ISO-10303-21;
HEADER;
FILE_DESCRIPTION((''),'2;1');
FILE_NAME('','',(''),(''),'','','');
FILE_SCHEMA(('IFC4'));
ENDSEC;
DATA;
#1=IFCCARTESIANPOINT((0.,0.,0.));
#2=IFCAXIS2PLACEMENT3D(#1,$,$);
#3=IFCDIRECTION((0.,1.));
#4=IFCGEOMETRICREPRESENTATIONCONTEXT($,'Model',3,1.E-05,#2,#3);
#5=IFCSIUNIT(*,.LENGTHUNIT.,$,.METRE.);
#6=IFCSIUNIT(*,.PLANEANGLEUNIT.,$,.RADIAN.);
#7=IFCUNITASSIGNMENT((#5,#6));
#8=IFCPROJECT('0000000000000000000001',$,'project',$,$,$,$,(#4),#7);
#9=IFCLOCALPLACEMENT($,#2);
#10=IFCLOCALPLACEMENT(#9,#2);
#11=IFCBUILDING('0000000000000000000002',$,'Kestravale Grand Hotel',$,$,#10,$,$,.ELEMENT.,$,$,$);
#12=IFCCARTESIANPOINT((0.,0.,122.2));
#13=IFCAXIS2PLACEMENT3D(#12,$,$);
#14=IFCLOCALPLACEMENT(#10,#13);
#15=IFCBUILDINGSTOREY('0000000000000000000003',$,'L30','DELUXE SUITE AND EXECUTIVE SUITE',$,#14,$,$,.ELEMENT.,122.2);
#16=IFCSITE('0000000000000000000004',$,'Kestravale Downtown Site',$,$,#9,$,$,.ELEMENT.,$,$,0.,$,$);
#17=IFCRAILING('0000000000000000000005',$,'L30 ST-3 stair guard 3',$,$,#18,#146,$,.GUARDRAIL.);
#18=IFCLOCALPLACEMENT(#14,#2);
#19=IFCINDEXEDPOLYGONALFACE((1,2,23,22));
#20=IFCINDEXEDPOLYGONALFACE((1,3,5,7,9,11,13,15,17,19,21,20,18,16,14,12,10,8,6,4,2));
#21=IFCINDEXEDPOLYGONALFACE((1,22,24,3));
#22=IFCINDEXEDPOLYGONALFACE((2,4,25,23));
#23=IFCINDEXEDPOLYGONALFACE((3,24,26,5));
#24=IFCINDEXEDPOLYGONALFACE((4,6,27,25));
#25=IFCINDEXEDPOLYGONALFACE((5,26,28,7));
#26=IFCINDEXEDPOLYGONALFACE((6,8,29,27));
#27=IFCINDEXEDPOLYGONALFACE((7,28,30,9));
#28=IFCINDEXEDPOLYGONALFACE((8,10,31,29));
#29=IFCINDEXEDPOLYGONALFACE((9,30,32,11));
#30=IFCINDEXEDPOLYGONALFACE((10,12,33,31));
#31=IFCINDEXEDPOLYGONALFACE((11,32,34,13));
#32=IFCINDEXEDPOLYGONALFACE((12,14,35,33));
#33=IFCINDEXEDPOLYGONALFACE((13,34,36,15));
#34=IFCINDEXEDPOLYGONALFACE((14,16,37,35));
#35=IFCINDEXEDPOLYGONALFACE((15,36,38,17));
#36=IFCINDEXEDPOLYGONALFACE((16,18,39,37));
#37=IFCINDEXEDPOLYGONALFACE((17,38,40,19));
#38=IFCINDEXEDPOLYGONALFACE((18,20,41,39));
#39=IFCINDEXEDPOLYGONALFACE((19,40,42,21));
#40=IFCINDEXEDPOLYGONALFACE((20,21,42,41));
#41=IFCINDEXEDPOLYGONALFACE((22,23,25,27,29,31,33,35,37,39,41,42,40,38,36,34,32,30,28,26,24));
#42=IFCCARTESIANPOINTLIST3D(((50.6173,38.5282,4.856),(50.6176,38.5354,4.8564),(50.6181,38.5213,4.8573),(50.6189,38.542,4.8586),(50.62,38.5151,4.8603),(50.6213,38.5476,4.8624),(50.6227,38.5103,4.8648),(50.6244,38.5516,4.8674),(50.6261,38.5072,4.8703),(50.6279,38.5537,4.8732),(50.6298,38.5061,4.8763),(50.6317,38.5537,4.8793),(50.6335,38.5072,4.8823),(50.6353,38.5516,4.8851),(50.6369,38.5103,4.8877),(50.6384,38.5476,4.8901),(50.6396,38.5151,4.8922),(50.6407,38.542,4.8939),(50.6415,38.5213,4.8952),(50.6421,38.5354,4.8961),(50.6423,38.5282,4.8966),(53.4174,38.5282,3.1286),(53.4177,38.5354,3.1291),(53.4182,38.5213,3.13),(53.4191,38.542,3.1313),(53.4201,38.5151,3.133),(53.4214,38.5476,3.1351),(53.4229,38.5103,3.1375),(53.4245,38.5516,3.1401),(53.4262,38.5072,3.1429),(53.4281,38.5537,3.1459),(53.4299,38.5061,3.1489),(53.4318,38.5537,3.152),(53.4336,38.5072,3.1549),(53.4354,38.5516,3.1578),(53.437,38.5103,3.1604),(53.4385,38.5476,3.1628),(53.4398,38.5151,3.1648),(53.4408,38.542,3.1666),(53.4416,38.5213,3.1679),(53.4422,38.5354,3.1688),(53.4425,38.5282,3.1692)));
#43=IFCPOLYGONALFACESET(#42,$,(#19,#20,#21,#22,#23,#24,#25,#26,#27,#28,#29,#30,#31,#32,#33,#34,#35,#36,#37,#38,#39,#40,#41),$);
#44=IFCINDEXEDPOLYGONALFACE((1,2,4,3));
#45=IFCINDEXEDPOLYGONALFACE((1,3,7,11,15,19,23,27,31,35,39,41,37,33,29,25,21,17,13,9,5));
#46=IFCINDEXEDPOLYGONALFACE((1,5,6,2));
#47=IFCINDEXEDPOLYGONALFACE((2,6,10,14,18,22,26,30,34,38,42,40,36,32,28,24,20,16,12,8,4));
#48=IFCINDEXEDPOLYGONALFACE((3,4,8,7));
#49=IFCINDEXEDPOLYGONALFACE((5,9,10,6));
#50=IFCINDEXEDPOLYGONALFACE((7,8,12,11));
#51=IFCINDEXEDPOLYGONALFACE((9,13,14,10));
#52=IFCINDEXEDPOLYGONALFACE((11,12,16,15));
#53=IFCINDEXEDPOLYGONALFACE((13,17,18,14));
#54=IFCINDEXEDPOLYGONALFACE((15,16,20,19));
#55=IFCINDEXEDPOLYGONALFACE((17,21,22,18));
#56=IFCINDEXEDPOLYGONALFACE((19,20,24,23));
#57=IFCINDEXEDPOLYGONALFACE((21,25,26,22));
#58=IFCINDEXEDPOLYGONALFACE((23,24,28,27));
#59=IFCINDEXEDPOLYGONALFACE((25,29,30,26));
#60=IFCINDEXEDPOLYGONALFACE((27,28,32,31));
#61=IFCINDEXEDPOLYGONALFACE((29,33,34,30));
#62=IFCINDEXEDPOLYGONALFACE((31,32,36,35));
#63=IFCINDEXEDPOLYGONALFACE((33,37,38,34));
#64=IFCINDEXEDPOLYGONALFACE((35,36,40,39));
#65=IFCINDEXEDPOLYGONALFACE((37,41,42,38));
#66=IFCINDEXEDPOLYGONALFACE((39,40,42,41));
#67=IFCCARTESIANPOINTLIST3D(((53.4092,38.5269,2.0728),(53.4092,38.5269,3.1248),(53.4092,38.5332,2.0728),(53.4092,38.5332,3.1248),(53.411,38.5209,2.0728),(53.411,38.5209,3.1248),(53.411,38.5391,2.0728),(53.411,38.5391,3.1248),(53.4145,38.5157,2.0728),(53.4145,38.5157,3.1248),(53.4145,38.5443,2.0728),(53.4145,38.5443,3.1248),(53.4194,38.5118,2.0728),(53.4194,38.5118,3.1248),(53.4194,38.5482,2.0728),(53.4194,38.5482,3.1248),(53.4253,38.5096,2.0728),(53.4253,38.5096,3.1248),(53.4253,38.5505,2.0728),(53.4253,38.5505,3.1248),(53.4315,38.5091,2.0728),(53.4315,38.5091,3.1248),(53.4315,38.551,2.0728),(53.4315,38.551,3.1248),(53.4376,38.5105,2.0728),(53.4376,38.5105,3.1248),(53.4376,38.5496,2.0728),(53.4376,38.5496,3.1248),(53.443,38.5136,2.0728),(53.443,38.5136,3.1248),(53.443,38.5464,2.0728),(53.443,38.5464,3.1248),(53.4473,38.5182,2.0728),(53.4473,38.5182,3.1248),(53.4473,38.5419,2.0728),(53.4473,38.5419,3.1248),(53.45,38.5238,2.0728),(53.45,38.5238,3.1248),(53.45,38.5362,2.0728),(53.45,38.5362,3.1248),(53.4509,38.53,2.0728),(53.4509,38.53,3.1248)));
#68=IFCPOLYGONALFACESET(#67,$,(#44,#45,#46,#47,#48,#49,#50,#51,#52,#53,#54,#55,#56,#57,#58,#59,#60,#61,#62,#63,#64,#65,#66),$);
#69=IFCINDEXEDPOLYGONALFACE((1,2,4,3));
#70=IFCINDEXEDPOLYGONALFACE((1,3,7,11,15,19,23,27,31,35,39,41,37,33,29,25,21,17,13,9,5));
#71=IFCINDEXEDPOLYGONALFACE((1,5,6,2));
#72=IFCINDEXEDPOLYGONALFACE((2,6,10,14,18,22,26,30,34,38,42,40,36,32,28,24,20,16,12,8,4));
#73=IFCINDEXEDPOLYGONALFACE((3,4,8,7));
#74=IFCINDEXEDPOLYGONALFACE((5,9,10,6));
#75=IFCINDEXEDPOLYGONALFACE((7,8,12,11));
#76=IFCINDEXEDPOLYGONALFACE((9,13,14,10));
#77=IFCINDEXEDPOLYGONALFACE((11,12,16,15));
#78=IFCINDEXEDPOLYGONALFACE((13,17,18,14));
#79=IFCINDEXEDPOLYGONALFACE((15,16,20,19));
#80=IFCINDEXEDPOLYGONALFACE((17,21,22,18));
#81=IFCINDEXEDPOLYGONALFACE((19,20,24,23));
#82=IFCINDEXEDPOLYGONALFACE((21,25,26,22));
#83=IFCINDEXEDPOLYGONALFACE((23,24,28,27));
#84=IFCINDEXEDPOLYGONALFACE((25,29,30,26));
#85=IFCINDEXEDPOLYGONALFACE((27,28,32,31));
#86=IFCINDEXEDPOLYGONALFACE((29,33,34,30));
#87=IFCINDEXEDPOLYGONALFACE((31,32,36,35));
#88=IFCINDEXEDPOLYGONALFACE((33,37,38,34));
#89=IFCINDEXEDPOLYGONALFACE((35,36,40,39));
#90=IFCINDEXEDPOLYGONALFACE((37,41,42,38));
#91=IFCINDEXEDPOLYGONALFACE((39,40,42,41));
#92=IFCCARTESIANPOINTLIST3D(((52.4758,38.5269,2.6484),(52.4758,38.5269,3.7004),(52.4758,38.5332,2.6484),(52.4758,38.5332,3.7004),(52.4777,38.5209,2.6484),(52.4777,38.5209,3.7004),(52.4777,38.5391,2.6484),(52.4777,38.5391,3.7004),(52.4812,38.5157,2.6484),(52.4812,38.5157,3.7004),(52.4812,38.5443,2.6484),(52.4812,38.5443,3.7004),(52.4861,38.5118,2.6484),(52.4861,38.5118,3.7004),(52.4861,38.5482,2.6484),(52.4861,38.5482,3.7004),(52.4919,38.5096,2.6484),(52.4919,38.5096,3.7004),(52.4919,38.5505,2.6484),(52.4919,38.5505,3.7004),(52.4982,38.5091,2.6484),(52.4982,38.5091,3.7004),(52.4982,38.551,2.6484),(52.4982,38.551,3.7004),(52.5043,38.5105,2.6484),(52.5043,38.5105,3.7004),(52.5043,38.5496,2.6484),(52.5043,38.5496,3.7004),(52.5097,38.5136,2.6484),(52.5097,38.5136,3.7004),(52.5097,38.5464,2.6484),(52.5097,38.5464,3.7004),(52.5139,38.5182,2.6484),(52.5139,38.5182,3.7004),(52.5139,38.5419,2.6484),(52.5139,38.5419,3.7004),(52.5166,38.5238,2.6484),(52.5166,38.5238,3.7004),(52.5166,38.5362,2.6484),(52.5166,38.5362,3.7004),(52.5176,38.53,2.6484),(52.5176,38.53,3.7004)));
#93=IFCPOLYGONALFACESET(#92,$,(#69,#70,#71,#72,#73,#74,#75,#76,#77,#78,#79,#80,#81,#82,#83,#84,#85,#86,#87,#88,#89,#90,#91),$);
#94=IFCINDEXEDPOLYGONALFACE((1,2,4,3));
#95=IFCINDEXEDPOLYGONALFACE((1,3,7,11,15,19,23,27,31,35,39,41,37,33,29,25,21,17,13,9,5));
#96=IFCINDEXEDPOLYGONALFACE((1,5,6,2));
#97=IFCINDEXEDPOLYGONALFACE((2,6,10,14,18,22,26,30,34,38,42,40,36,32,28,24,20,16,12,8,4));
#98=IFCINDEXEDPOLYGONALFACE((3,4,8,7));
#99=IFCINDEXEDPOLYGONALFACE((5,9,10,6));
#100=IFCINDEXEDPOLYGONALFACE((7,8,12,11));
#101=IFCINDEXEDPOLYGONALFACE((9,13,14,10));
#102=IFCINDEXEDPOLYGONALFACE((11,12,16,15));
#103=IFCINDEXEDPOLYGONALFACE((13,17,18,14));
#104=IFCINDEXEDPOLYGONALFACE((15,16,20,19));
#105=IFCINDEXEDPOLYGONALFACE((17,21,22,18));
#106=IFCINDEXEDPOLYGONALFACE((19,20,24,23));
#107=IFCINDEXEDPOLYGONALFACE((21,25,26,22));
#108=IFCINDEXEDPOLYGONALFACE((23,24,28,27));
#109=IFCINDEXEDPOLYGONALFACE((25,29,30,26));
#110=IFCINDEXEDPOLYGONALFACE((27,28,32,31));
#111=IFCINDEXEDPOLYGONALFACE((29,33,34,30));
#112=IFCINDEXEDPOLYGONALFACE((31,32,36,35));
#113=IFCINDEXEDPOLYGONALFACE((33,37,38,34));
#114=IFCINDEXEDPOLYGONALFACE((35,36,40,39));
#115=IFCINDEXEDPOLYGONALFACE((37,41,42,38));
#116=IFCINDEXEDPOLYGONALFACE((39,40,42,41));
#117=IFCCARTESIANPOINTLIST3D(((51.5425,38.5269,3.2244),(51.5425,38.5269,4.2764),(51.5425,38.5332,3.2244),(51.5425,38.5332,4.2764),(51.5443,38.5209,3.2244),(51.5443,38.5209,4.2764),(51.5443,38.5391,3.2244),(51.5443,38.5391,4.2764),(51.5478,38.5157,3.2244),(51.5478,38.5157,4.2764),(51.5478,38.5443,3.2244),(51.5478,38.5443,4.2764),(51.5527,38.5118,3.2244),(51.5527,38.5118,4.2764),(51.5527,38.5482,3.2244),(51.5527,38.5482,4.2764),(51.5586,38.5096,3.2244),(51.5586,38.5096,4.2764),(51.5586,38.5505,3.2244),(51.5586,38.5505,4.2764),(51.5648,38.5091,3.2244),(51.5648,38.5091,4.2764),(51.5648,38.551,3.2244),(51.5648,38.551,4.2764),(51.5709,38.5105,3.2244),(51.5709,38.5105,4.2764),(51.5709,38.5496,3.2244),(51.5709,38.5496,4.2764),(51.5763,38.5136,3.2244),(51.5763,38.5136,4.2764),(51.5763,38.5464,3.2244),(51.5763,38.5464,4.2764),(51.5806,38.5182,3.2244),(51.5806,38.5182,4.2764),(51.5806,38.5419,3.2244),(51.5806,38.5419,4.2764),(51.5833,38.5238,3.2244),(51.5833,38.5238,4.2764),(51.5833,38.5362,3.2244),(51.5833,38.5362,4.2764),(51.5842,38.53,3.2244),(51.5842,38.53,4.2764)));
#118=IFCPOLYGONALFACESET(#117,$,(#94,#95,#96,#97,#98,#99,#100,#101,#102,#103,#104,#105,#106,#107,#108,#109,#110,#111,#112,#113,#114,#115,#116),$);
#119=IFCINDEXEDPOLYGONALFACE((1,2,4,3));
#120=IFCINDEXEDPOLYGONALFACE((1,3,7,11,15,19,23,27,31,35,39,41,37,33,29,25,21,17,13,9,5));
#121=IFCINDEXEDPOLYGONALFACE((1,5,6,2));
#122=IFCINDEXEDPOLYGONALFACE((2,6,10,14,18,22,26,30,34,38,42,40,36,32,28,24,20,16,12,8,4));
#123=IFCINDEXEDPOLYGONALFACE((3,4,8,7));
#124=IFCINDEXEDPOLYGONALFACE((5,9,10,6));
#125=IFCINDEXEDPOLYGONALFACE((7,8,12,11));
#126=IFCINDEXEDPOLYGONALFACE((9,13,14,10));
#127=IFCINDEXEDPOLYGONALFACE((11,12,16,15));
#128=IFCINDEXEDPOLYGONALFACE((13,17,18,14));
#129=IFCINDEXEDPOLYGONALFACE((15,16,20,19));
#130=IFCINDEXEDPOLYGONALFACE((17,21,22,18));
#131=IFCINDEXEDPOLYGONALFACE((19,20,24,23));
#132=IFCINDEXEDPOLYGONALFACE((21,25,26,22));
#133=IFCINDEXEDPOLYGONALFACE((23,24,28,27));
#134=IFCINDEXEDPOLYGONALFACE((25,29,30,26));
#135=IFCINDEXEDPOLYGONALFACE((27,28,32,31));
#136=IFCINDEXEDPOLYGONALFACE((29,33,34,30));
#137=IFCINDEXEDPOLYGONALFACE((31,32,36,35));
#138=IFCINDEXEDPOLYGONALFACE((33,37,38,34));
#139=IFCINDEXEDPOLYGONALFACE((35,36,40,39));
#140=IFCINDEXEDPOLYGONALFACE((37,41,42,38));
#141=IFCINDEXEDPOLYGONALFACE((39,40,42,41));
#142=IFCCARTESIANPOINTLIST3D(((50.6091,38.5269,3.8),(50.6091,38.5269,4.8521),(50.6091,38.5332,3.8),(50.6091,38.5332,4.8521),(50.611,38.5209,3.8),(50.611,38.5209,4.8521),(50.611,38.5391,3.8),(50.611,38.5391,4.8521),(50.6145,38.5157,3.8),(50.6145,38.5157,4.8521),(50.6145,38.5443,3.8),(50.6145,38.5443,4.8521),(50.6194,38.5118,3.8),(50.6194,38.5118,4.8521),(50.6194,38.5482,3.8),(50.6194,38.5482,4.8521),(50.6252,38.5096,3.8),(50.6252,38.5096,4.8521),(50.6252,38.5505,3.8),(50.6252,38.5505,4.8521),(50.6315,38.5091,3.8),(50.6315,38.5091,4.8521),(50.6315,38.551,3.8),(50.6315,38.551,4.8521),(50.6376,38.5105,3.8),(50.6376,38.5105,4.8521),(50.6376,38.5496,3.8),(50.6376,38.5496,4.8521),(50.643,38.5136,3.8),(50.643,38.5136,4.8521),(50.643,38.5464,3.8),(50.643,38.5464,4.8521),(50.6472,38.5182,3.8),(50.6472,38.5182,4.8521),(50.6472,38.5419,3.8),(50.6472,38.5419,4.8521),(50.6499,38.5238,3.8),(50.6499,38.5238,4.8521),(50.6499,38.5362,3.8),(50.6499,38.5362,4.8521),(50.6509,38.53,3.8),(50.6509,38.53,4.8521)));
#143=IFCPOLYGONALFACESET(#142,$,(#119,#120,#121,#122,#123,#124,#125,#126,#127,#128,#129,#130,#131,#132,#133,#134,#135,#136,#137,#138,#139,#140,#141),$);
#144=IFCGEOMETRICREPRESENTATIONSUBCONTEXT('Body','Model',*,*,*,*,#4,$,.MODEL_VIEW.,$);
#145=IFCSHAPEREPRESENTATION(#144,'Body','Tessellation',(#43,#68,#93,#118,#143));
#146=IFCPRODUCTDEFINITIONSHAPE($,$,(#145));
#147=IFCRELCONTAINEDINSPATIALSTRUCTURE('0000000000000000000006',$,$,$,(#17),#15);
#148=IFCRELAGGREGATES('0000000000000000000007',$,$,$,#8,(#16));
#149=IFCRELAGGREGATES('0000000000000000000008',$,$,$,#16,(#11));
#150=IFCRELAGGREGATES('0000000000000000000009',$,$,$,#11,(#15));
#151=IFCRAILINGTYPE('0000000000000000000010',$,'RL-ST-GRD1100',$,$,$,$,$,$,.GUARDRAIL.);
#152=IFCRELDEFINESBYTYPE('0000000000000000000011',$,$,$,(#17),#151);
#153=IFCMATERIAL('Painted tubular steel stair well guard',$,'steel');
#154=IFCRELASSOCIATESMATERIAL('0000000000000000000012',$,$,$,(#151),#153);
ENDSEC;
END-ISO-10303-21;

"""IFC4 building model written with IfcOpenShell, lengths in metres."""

from ifc_helpers import new_model, si_unit, direction, frame, origin, origin_2d, place, context, subcontext, project, spatial, circle, extrude, material, type_object, element, save


model = new_model("IFC4")

# Units and contexts
model_context = context("Model", 3, precision=1e-05, world=origin(), true_north=direction((0.0, 1.0)))
body_context = subcontext(model_context, "Body", "Model", "MODEL_VIEW")
ifc_project = project(units=[si_unit("LENGTHUNIT", "METRE"), si_unit("PLANEANGLEUNIT", "RADIAN")], contexts=[model_context])

# Site, building, storey
site_placement = place(None, origin())
site = spatial("IfcSite", under=ifc_project, at=site_placement, Name="Kestravale Downtown Site", CompositionType="ELEMENT", RefElevation=0.0)
building_placement = place(site_placement, origin())
building = spatial("IfcBuilding", under=site, at=building_placement, Name="Kestravale Grand Hotel", CompositionType="ELEMENT")
storey_placement = place(building_placement, frame((0.0, 0.0, 122.2)))
storey = spatial("IfcBuildingStorey", under=building, at=storey_placement, Name="L30", Description="DELUXE SUITE AND EXECUTIVE SUITE", CompositionType="ELEMENT", Elevation=122.2)

# Railing
ifc_material_1 = material(Name="Painted tubular steel stair well guard", Category="steel")
railing_type_1 = type_object("IfcRailingType", Name="RL-ST-GRD1100", PredefinedType="GUARDRAIL", material=ifc_material_1)
railing_1_placement = place(storey_placement, frame((53.4299, 38.53, 2.0728)))
element("IfcRailing", 1, at=railing_1_placement, inside=storey, type_object=railing_type_1, Name="L30 ST-3 stair guard 3", PredefinedType="GUARDRAIL", context=body_context, shape_type="SweptSolid", body=[
    extrude(circle(Radius=0.0239, at=origin_2d()), frame((0.0, 0.0, 1.0762), z_axis=(-0.85109, 0.0, 0.52502), x_axis=(0.0, -1.0, 0.0)), (0.0, 0.0, 1.0), 3.29),
    extrude(circle(Radius=0.021, at=origin_2d()), origin(), (0.0, 0.0, 1.0), 1.052),
    extrude(circle(Radius=0.021, at=origin_2d()), frame((-0.9333, 0.0, 0.5757)), (0.0, 0.0, 1.0), 1.052),
    extrude(circle(Radius=0.021, at=origin_2d()), frame((-1.8667, 0.0, 1.1516)), (0.0, 0.0, 1.0), 1.052),
    extrude(circle(Radius=0.021, at=origin_2d()), frame((-2.8, 0.0, 1.7273)), (0.0, 0.0, 1.0), 1.052),
])

save(model, "model.ifc")
